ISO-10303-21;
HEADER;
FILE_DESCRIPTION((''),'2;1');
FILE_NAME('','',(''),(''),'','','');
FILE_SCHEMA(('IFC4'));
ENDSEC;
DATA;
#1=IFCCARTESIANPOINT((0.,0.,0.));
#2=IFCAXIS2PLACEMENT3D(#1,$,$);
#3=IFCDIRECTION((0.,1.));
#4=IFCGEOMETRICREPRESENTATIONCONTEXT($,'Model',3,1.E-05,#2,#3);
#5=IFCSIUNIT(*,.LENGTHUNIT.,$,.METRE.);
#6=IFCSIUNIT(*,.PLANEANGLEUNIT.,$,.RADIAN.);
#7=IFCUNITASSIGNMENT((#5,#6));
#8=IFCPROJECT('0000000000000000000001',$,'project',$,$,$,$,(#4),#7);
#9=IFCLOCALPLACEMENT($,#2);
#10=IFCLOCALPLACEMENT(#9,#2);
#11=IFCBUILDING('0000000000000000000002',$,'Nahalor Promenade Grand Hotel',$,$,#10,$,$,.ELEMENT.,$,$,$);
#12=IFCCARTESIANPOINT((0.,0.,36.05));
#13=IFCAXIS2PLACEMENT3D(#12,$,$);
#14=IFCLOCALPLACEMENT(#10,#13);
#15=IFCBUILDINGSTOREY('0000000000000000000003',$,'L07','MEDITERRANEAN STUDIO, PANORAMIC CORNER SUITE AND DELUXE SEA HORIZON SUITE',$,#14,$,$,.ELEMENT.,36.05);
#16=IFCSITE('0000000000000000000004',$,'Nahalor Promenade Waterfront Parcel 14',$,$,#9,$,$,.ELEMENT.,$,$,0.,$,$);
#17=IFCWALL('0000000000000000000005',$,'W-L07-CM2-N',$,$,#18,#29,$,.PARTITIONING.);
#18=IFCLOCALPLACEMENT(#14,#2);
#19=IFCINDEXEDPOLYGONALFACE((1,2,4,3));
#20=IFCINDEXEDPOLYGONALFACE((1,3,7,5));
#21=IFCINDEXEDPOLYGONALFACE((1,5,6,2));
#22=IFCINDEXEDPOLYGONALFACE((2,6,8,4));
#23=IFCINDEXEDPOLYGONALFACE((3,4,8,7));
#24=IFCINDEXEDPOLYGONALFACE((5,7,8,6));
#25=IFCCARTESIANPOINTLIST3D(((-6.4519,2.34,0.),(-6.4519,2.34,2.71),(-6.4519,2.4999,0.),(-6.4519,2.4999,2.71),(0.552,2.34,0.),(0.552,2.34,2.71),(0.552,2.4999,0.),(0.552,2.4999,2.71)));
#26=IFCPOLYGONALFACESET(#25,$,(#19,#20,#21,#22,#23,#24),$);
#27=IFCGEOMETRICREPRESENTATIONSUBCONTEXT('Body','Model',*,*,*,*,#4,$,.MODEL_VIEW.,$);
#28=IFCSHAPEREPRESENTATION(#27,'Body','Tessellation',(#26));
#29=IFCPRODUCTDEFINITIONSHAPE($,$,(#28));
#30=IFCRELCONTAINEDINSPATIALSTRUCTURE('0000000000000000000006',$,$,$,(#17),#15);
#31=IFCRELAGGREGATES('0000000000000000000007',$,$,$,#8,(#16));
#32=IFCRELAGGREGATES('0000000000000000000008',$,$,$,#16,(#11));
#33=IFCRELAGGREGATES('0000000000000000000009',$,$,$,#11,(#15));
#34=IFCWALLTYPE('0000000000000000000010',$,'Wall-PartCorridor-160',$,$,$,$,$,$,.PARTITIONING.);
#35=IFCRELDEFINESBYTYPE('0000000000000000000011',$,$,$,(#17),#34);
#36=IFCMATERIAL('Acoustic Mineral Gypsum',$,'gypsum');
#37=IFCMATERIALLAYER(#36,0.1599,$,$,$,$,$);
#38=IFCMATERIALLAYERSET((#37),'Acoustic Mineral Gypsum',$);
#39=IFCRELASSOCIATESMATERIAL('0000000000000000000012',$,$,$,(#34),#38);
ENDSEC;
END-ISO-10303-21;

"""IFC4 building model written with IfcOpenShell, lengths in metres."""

from ifc_helpers import new_model, si_unit, direction, frame, frame_2d, origin, place, context, subcontext, project, spatial, rectangle, extrude, source, transform, mapped, material, layer, layer_set, type_object, element, save


model = new_model("IFC4")

# Units and contexts
model_context = context("Model", 3, precision=1e-05, world=origin(), true_north=direction((0.0, 1.0)))
body_context = subcontext(model_context, "Body", "Model", "MODEL_VIEW")
ifc_project = project(units=[si_unit("LENGTHUNIT", "METRE"), si_unit("PLANEANGLEUNIT", "RADIAN")], contexts=[model_context])

# Site, building, storey
site_placement = place(None, origin())
site = spatial("IfcSite", under=ifc_project, at=site_placement, Name="Nahalor Promenade Waterfront Parcel 14", CompositionType="ELEMENT", RefElevation=0.0)
building_placement = place(site_placement, origin())
building = spatial("IfcBuilding", under=site, at=building_placement, Name="Nahalor Promenade Grand Hotel", CompositionType="ELEMENT")
storey_placement = place(building_placement, frame((0.0, 0.0, 36.05)))
storey = spatial("IfcBuildingStorey", under=building, at=storey_placement, Name="L07", Description="MEDITERRANEAN STUDIO, PANORAMIC CORNER SUITE AND DELUXE SEA HORIZON SUITE", CompositionType="ELEMENT", Elevation=36.05)

# Shared definitions
ifc_material_1 = material(Name="Acoustic Mineral Gypsum", Category="gypsum")

# Shared definitions
ifc_layer_1 = layer(ifc_material_1, 0.1599)
ifc_layer_set_1 = layer_set([ifc_layer_1], Name="Acoustic Mineral Gypsum")
wall_type_1 = type_object("IfcWallType", Name="Wall-PartCorridor-160", PredefinedType="PARTITIONING", material=ifc_layer_set_1)

# Shared definitions
shared_shape_1 = source(origin(), body_context, "Body", "SweptSolid", [
    extrude(rectangle(XDim=7.0039, YDim=0.1599, at=frame_2d((3.502, 0.0))), origin(), (0.0, 0.0, 1.0), 2.71),
])

# Wall
wall_1_placement = place(storey_placement, frame((-6.4519, 2.4199, 0.0), z_axis=(0.0, 0.0, 1.0), x_axis=(1.0, 0.0, 0.0)))
element("IfcWall", 1, at=wall_1_placement, inside=storey, type_object=wall_type_1, Name="W-L07-CM2-N", PredefinedType="PARTITIONING", context=body_context, shape_type="MappedRepresentation", body=[
    mapped(shared_shape_1, transform((0.0, 0.0, 0.0), scale=1.0)),
])

save(model, "model.ifc")
